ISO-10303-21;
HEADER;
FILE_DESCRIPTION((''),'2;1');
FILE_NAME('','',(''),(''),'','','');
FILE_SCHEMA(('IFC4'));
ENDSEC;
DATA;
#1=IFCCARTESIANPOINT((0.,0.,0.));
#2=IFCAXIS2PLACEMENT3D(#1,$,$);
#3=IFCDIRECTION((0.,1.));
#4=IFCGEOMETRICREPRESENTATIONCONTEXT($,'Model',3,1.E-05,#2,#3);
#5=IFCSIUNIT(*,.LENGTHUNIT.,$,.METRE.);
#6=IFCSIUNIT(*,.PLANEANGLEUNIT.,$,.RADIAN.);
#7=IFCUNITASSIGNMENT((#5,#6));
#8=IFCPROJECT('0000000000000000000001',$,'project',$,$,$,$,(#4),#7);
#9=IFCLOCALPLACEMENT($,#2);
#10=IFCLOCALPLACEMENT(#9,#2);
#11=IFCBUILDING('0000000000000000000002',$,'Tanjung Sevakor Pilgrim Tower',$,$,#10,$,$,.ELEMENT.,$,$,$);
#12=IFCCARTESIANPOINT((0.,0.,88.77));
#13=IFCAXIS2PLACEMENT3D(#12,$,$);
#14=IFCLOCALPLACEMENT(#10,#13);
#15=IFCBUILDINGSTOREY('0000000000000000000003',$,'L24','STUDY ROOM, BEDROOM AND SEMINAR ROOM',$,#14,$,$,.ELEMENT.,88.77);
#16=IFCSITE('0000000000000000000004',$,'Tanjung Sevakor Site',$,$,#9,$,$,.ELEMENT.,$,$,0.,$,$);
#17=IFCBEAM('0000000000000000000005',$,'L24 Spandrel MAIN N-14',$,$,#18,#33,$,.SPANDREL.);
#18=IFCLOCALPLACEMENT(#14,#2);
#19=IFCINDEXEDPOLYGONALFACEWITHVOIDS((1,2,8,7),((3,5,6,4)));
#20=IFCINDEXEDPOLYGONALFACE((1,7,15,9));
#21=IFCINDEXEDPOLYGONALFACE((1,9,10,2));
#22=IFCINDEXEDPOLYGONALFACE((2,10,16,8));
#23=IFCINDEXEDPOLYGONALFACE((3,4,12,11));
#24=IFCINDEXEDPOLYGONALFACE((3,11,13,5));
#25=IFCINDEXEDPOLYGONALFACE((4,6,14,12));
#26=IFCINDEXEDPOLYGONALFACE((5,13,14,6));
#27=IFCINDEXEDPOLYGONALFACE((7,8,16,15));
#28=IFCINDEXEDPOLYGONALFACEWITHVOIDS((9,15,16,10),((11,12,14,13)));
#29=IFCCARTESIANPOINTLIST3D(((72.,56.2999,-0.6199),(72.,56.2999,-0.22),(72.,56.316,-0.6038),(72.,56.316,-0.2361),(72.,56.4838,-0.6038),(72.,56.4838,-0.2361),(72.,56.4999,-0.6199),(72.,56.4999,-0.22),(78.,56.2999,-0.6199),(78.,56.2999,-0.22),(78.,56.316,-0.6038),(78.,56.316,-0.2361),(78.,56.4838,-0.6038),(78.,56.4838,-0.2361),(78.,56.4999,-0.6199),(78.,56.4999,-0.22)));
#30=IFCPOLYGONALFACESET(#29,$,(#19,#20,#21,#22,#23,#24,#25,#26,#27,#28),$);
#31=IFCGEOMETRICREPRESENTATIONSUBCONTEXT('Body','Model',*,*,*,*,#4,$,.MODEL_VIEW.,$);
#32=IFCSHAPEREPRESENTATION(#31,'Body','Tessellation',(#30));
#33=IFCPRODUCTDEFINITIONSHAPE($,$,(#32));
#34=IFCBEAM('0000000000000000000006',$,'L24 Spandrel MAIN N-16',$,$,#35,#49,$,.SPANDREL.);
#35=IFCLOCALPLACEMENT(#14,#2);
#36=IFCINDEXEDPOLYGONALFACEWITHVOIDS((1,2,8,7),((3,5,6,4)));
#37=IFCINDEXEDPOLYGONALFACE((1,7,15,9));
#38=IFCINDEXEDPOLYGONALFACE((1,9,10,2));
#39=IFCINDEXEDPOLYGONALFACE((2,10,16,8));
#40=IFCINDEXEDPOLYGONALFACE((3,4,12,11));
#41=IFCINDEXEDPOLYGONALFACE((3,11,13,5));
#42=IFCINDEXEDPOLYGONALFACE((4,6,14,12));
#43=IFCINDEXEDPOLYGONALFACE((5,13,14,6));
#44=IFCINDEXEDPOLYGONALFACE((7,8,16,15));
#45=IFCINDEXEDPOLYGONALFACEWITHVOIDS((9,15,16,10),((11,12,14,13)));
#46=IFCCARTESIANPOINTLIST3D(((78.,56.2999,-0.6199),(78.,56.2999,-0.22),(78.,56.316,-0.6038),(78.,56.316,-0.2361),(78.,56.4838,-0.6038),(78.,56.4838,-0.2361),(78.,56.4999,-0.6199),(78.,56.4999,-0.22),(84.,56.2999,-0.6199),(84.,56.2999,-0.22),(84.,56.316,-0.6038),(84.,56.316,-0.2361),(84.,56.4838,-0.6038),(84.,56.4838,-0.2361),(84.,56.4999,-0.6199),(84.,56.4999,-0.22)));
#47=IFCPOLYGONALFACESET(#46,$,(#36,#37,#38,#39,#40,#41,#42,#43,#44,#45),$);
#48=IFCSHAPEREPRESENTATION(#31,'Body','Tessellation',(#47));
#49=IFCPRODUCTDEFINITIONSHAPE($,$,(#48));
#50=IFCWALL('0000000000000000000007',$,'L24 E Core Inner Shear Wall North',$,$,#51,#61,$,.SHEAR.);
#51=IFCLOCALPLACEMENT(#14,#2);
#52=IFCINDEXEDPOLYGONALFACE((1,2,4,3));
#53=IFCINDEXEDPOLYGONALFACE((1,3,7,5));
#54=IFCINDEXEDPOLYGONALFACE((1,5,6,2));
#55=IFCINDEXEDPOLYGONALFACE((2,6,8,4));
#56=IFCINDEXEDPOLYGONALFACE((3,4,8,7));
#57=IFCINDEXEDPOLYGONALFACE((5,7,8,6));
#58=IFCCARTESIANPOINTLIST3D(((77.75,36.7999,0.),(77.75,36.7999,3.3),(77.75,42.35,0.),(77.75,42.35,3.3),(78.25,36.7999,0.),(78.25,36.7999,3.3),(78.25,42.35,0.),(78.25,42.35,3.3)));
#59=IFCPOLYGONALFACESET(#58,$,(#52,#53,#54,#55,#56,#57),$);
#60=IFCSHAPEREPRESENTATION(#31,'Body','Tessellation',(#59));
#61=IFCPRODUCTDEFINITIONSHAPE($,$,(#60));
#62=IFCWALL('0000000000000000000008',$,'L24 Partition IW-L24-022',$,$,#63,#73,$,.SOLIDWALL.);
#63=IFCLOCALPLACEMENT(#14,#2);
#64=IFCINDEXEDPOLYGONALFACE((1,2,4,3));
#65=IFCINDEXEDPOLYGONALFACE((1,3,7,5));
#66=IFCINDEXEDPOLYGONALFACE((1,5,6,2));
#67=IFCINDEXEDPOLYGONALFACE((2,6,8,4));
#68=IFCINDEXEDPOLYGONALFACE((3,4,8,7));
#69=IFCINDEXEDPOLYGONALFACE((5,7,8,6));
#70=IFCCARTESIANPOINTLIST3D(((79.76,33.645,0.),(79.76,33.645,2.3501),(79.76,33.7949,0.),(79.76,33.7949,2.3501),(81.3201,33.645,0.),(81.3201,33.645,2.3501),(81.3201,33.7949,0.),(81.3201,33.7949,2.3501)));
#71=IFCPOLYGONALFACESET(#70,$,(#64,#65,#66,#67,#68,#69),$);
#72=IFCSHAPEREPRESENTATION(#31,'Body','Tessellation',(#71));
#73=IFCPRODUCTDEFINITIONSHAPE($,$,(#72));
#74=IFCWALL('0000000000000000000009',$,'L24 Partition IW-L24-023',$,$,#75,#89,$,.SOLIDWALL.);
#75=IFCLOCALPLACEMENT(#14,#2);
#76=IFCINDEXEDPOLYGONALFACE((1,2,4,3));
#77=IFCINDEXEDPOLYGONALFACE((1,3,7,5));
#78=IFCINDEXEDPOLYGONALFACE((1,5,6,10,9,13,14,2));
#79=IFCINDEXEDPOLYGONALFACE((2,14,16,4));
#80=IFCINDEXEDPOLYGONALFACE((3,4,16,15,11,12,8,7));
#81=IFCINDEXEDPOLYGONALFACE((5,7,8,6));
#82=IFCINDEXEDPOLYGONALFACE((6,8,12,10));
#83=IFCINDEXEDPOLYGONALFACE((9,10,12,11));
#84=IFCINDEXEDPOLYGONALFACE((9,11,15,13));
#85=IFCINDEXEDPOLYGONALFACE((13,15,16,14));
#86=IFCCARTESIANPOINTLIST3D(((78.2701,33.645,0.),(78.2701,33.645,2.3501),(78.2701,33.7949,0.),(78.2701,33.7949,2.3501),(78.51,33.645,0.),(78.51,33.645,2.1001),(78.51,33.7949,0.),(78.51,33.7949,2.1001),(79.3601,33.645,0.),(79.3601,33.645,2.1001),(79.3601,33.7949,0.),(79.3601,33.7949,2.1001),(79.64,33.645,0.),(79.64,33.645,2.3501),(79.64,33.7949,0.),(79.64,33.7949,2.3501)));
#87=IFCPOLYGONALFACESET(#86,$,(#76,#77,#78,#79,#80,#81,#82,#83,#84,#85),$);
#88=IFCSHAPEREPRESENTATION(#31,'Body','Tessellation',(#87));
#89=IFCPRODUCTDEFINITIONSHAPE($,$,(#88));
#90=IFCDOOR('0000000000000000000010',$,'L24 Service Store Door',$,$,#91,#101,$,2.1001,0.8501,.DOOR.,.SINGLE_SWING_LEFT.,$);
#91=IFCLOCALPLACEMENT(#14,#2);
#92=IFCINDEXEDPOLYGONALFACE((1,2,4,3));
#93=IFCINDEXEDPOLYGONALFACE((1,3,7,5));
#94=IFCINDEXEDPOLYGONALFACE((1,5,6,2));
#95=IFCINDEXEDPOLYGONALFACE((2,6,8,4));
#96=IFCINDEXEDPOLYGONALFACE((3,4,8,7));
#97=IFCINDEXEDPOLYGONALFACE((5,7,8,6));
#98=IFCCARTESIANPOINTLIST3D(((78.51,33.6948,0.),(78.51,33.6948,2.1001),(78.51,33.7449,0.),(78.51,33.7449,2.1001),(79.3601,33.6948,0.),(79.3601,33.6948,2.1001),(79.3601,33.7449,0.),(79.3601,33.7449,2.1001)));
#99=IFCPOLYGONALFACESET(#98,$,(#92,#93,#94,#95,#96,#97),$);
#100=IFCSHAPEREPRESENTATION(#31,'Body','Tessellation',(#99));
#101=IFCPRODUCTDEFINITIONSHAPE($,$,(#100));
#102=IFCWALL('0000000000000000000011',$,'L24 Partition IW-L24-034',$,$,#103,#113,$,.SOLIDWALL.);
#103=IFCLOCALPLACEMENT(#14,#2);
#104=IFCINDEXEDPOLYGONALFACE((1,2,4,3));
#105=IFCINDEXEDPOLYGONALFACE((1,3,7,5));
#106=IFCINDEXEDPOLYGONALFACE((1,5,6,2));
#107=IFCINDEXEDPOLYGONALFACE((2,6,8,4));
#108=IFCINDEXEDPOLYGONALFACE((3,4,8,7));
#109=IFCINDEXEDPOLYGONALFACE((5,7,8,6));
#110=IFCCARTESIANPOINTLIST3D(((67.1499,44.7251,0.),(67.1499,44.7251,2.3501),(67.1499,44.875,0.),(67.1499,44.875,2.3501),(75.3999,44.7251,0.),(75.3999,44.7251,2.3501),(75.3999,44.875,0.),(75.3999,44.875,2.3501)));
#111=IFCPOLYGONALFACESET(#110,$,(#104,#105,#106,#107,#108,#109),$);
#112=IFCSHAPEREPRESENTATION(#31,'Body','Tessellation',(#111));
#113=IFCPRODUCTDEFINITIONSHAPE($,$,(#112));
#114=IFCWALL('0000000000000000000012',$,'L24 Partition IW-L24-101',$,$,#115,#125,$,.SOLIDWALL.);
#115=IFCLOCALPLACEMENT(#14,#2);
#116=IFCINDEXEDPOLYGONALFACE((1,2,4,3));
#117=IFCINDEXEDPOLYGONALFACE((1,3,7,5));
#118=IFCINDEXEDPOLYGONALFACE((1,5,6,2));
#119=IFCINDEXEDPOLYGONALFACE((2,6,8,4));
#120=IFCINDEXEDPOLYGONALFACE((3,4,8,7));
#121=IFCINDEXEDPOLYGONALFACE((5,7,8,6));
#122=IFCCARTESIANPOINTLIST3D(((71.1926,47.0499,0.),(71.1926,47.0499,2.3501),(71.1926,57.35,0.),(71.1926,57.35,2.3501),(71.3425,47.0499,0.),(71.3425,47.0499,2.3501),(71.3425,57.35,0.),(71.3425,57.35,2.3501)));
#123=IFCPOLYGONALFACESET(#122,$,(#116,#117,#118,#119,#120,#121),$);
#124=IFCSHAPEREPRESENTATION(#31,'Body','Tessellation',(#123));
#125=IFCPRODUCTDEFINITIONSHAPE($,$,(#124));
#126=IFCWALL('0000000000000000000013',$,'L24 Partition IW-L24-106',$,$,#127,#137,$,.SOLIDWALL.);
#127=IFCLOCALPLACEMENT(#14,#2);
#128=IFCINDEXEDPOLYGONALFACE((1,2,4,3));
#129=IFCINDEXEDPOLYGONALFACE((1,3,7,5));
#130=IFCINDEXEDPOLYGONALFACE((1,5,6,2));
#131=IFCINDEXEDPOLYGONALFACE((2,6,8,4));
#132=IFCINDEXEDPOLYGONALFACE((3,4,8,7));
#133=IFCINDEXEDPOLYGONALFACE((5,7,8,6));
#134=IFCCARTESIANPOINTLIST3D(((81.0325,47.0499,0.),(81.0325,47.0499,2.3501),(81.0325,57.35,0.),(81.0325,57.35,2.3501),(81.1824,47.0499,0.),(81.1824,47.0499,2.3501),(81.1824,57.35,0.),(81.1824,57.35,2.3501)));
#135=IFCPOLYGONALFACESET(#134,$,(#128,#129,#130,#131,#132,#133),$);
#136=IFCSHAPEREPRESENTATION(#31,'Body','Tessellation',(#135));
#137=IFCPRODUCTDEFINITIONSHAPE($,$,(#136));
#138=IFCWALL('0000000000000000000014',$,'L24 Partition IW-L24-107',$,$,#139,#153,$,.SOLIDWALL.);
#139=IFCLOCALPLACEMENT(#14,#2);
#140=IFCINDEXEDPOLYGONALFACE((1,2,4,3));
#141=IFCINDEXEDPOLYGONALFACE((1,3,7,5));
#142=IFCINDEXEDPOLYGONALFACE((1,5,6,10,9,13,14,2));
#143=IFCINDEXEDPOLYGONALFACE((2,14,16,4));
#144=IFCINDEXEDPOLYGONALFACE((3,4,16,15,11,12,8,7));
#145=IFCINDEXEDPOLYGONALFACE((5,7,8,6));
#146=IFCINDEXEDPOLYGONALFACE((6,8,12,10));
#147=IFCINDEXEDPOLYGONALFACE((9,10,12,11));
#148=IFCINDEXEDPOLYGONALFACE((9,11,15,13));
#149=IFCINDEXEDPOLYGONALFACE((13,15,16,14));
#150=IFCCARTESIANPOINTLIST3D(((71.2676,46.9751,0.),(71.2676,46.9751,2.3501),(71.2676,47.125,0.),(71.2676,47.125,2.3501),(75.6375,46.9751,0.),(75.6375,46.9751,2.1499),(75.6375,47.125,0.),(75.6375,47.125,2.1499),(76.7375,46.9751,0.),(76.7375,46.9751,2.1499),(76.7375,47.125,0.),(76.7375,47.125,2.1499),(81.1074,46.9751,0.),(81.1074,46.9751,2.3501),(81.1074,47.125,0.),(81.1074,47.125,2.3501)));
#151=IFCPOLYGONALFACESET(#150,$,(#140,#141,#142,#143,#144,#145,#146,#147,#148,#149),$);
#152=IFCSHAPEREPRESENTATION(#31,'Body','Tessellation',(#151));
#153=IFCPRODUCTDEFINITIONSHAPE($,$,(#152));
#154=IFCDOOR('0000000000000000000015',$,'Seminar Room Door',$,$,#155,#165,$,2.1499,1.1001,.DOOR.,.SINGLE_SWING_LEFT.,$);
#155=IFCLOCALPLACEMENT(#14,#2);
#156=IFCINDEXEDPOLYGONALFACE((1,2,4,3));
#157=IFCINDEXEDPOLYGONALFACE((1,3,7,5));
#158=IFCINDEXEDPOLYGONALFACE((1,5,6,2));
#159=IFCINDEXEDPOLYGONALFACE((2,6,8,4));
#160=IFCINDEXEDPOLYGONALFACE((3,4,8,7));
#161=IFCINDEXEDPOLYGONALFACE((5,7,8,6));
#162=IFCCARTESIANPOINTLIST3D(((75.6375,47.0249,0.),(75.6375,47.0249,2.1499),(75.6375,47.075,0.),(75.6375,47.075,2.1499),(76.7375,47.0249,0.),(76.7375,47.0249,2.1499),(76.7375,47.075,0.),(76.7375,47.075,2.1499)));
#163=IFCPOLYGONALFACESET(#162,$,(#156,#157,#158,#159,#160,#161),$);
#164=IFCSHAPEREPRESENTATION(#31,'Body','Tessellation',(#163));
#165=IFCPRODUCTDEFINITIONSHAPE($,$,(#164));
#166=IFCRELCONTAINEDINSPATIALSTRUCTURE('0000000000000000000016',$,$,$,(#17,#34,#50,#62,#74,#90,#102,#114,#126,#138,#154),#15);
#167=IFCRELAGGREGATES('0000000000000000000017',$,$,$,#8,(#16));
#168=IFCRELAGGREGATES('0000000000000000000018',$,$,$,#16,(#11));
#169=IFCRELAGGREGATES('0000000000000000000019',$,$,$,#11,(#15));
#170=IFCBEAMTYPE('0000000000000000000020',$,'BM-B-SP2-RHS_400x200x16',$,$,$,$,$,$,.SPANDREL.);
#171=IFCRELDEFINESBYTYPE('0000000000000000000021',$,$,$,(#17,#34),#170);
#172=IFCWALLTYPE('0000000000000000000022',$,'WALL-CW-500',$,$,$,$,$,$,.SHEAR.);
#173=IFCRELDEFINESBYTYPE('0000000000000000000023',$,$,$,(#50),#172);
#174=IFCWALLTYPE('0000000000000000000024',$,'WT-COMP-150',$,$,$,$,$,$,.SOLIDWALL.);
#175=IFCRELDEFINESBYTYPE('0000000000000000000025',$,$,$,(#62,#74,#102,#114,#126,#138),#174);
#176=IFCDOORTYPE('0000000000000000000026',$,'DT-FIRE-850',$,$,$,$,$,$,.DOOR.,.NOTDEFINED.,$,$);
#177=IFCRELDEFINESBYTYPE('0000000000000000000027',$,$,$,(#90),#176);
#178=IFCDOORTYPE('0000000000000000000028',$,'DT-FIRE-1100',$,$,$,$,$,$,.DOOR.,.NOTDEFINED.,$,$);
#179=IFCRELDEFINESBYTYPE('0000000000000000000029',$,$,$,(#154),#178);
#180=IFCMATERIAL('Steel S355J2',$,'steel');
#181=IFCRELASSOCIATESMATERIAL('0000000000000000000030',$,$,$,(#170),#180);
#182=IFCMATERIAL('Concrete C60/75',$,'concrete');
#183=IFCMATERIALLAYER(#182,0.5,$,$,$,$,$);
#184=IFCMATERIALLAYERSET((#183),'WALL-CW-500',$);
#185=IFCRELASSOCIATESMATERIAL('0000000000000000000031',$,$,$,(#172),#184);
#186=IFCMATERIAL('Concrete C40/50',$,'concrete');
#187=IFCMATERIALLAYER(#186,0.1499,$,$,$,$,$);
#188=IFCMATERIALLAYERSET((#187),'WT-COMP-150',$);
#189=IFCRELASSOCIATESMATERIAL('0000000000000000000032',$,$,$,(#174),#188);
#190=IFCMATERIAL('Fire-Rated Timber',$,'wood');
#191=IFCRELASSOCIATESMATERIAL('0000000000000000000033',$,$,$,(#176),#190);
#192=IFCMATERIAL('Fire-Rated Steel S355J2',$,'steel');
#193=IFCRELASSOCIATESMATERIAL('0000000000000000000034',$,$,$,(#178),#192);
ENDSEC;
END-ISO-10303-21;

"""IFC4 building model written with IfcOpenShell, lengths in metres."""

from ifc_helpers import new_model, si_unit, direction, frame, frame_2d, origin, origin_2d, place, context, subcontext, project, spatial, rectangle, hollow_rectangle, extrude, material, layer, layer_set, material_profile, profile_set, type_object, element, fill, save


model = new_model("IFC4")

# Units and contexts
model_context = context("Model", 3, precision=1e-05, world=origin(), true_north=direction((0.0, 1.0)))
body_context = subcontext(model_context, "Body", "Model", "MODEL_VIEW")
ifc_project = project(units=[si_unit("LENGTHUNIT", "METRE"), si_unit("PLANEANGLEUNIT", "RADIAN")], contexts=[model_context])

# Site, building, storey
site_placement = place(None, origin())
site = spatial("IfcSite", under=ifc_project, at=site_placement, Name="Tanjung Sevakor Site", CompositionType="ELEMENT", RefElevation=0.0)
building_placement = place(site_placement, origin())
building = spatial("IfcBuilding", under=site, at=building_placement, Name="Tanjung Sevakor Pilgrim Tower", CompositionType="ELEMENT")
storey_placement = place(building_placement, frame((0.0, 0.0, 88.77)))
storey = spatial("IfcBuildingStorey", under=building, at=storey_placement, Name="L24", Description="STUDY ROOM, BEDROOM AND SEMINAR ROOM", CompositionType="ELEMENT", Elevation=88.77)

# Beams
ifc_material_1 = material(Name="Steel S355J2", Category="steel")
ifc_material_profile_1 = material_profile(ifc_material_1, hollow_rectangle(XDim=0.2, YDim=0.3999, WallThickness=0.0161, at=origin_2d()))
ifc_profile_set_1 = profile_set([ifc_material_profile_1], Name="Steel S355J2")
beam_type_1 = type_object("IfcBeamType", Name="BM-B-SP2-RHS_400x200x16", PredefinedType="SPANDREL", material=ifc_profile_set_1)
for number, where, z_axis, x_axis, name in (
    (1, (72.0, 56.3999, -0.4199), (1.0, 0.0, 0.0), (0.0, 1.0, 0.0), "L24 Spandrel MAIN N-14"),
    (2, (78.0, 56.3999, -0.4199), (1.0, 0.0, 0.0), (0.0, 1.0, 0.0), "L24 Spandrel MAIN N-16"),
):
    element("IfcBeam", number, at=place(storey_placement, frame(where, z_axis=z_axis, x_axis=x_axis)), inside=storey, type_object=beam_type_1, Name=name, PredefinedType="SPANDREL", context=body_context, shape_type="SweptSolid", body=[
        extrude(hollow_rectangle(XDim=0.2, YDim=0.3999, WallThickness=0.0161, at=origin_2d()), origin(), (0.0, 0.0, 1.0), 6.0),
    ])

# Walls
ifc_material_2 = material(Name="Concrete C60/75", Category="concrete")
ifc_layer_1 = layer(ifc_material_2, 0.5)
ifc_layer_set_1 = layer_set([ifc_layer_1], Name="WALL-CW-500")
wall_type_1 = type_object("IfcWallType", Name="WALL-CW-500", PredefinedType="SHEAR", material=ifc_layer_set_1)
wall_1_placement = place(storey_placement, frame((78.0, 36.8, 0.0), z_axis=(0.0, 0.0, 1.0), x_axis=(0.0, 1.0, 0.0)))
element("IfcWall", 3, at=wall_1_placement, inside=storey, type_object=wall_type_1, Name="L24 E Core Inner Shear Wall North", PredefinedType="SHEAR", context=body_context, shape_type="SweptSolid", body=[
    extrude(rectangle(XDim=5.55, YDim=0.5, at=frame_2d((2.7749, 0.0))), origin(), (0.0, 0.0, 1.0), 3.3),
])
ifc_material_3 = material(Name="Concrete C40/50", Category="concrete")
ifc_layer_2 = layer(ifc_material_3, 0.1499)
ifc_layer_set_2 = layer_set([ifc_layer_2], Name="WT-COMP-150")
wall_type_2 = type_object("IfcWallType", Name="WT-COMP-150", PredefinedType="SOLIDWALL", material=ifc_layer_set_2)
wall_2_placement = place(storey_placement, frame((79.76, 33.72, 0.0), z_axis=(0.0, 0.0, 1.0), x_axis=(1.0, 0.0, 0.0)))
element("IfcWall", 4, at=wall_2_placement, inside=storey, type_object=wall_type_2, Name="L24 Partition IW-L24-022", PredefinedType="SOLIDWALL", context=body_context, shape_type="SweptSolid", body=[
    extrude(rectangle(XDim=1.5601, YDim=0.1499, at=frame_2d((0.78, 0.0))), origin(), (0.0, 0.0, 1.0), 2.3501),
])

# Wall, opening, door
wall_3_placement = place(storey_placement, frame((78.27, 33.72, 0.0), z_axis=(0.0, 0.0, 1.0), x_axis=(1.0, 0.0, 0.0)))
wall_3 = element("IfcWall", 5, at=wall_3_placement, inside=storey, type_object=wall_type_2, Name="L24 Partition IW-L24-023", PredefinedType="SOLIDWALL", context=body_context, shape_type="SweptSolid", body=[
    extrude(rectangle(XDim=1.3699, YDim=0.1499, at=frame_2d((0.6851, 0.0))), origin(), (0.0, 0.0, 1.0), 2.3501),
])
opening_1_placement = place(wall_3_placement, frame((0.24, 0.0, 0.0)))
opening_1 = element("IfcOpeningElement", 6, at=opening_1_placement, cuts=wall_3, PredefinedType="OPENING", context=body_context, shape_type="SweptSolid", body=[
    extrude(rectangle(XDim=0.8501, YDim=2.1001, at=frame_2d((0.425, 1.05))), frame((0.0, 0.085, 0.0), z_axis=(0.0, -1.0, 0.0), x_axis=(1.0, 0.0, 0.0)), (0.0, 0.0, 1.0), 0.1699),
])
ifc_material_4 = material(Name="Fire-Rated Timber", Category="wood")
door_type_1 = type_object("IfcDoorType", Name="DT-FIRE-850", OperationType="NOTDEFINED", PredefinedType="DOOR", material=ifc_material_4)
door_1_placement = place(opening_1_placement, origin())
door_1 = element("IfcDoor", 7, at=door_1_placement, inside=storey, type_object=door_type_1, Name="L24 Service Store Door", OperationType="SINGLE_SWING_LEFT", OverallHeight=2.1001, OverallWidth=0.8501, PredefinedType="DOOR", context=body_context, shape_type="SweptSolid", body=[
    extrude(rectangle(XDim=0.8501, YDim=2.1001, at=frame_2d((0.425, 1.05))), frame((0.0, 0.0249, 0.0), z_axis=(0.0, -1.0, 0.0), x_axis=(1.0, 0.0, 0.0)), (0.0, 0.0, 1.0), 0.05),
])
fill(opening_1, door_1)

# Walls
wall_4_placement = place(storey_placement, frame((67.1499, 44.8, 0.0), z_axis=(0.0, 0.0, 1.0), x_axis=(1.0, 0.0, 0.0)))
element("IfcWall", 8, at=wall_4_placement, inside=storey, type_object=wall_type_2, Name="L24 Partition IW-L24-034", PredefinedType="SOLIDWALL", context=body_context, shape_type="SweptSolid", body=[
    extrude(rectangle(XDim=8.25, YDim=0.1499, at=frame_2d((4.125, 0.0))), origin(), (0.0, 0.0, 1.0), 2.3501),
])
for number, where, z_axis, x_axis, name in (
    (9, (71.2676, 47.05, 0.0), (0.0, 0.0, 1.0), (0.0, 1.0, 0.0), "L24 Partition IW-L24-101"),
    (10, (81.1074, 47.05, 0.0), (0.0, 0.0, 1.0), (0.0, 1.0, 0.0), "L24 Partition IW-L24-106"),
):
    element("IfcWall", number, at=place(storey_placement, frame(where, z_axis=z_axis, x_axis=x_axis)), inside=storey, type_object=wall_type_2, Name=name, PredefinedType="SOLIDWALL", context=body_context, shape_type="SweptSolid", body=[
        extrude(rectangle(XDim=10.3, YDim=0.1499, at=frame_2d((5.1499, 0.0))), origin(), (0.0, 0.0, 1.0), 2.3501),
    ])

# Wall, opening, door
wall_5_placement = place(storey_placement, frame((71.2676, 47.05, 0.0), z_axis=(0.0, 0.0, 1.0), x_axis=(1.0, 0.0, 0.0)))
wall_5 = element("IfcWall", 11, at=wall_5_placement, inside=storey, type_object=wall_type_2, Name="L24 Partition IW-L24-107", PredefinedType="SOLIDWALL", context=body_context, shape_type="SweptSolid", body=[
    extrude(rectangle(XDim=9.8398, YDim=0.1499, at=frame_2d((4.9199, 0.0))), origin(), (0.0, 0.0, 1.0), 2.3501),
])
opening_2_placement = place(wall_5_placement, frame((4.3699, 0.0, 0.0)))
opening_2 = element("IfcOpeningElement", 12, at=opening_2_placement, cuts=wall_5, PredefinedType="OPENING", context=body_context, shape_type="SweptSolid", body=[
    extrude(rectangle(XDim=1.1001, YDim=2.1499, at=frame_2d((0.55, 1.075))), frame((0.0, 0.085, 0.0), z_axis=(0.0, -1.0, 0.0), x_axis=(1.0, 0.0, 0.0)), (0.0, 0.0, 1.0), 0.1699),
])
ifc_material_5 = material(Name="Fire-Rated Steel S355J2", Category="steel")
door_type_2 = type_object("IfcDoorType", Name="DT-FIRE-1100", OperationType="NOTDEFINED", PredefinedType="DOOR", material=ifc_material_5)
door_2_placement = place(opening_2_placement, origin())
door_2 = element("IfcDoor", 13, at=door_2_placement, inside=storey, type_object=door_type_2, Name="Seminar Room Door", OperationType="SINGLE_SWING_LEFT", OverallHeight=2.1499, OverallWidth=1.1001, PredefinedType="DOOR", context=body_context, shape_type="SweptSolid", body=[
    extrude(rectangle(XDim=1.1001, YDim=2.1499, at=frame_2d((0.55, 1.075))), frame((0.0, 0.0249, 0.0), z_axis=(0.0, -1.0, 0.0), x_axis=(1.0, 0.0, 0.0)), (0.0, 0.0, 1.0), 0.05),
])
fill(opening_2, door_2)

save(model, "model.ifc")
